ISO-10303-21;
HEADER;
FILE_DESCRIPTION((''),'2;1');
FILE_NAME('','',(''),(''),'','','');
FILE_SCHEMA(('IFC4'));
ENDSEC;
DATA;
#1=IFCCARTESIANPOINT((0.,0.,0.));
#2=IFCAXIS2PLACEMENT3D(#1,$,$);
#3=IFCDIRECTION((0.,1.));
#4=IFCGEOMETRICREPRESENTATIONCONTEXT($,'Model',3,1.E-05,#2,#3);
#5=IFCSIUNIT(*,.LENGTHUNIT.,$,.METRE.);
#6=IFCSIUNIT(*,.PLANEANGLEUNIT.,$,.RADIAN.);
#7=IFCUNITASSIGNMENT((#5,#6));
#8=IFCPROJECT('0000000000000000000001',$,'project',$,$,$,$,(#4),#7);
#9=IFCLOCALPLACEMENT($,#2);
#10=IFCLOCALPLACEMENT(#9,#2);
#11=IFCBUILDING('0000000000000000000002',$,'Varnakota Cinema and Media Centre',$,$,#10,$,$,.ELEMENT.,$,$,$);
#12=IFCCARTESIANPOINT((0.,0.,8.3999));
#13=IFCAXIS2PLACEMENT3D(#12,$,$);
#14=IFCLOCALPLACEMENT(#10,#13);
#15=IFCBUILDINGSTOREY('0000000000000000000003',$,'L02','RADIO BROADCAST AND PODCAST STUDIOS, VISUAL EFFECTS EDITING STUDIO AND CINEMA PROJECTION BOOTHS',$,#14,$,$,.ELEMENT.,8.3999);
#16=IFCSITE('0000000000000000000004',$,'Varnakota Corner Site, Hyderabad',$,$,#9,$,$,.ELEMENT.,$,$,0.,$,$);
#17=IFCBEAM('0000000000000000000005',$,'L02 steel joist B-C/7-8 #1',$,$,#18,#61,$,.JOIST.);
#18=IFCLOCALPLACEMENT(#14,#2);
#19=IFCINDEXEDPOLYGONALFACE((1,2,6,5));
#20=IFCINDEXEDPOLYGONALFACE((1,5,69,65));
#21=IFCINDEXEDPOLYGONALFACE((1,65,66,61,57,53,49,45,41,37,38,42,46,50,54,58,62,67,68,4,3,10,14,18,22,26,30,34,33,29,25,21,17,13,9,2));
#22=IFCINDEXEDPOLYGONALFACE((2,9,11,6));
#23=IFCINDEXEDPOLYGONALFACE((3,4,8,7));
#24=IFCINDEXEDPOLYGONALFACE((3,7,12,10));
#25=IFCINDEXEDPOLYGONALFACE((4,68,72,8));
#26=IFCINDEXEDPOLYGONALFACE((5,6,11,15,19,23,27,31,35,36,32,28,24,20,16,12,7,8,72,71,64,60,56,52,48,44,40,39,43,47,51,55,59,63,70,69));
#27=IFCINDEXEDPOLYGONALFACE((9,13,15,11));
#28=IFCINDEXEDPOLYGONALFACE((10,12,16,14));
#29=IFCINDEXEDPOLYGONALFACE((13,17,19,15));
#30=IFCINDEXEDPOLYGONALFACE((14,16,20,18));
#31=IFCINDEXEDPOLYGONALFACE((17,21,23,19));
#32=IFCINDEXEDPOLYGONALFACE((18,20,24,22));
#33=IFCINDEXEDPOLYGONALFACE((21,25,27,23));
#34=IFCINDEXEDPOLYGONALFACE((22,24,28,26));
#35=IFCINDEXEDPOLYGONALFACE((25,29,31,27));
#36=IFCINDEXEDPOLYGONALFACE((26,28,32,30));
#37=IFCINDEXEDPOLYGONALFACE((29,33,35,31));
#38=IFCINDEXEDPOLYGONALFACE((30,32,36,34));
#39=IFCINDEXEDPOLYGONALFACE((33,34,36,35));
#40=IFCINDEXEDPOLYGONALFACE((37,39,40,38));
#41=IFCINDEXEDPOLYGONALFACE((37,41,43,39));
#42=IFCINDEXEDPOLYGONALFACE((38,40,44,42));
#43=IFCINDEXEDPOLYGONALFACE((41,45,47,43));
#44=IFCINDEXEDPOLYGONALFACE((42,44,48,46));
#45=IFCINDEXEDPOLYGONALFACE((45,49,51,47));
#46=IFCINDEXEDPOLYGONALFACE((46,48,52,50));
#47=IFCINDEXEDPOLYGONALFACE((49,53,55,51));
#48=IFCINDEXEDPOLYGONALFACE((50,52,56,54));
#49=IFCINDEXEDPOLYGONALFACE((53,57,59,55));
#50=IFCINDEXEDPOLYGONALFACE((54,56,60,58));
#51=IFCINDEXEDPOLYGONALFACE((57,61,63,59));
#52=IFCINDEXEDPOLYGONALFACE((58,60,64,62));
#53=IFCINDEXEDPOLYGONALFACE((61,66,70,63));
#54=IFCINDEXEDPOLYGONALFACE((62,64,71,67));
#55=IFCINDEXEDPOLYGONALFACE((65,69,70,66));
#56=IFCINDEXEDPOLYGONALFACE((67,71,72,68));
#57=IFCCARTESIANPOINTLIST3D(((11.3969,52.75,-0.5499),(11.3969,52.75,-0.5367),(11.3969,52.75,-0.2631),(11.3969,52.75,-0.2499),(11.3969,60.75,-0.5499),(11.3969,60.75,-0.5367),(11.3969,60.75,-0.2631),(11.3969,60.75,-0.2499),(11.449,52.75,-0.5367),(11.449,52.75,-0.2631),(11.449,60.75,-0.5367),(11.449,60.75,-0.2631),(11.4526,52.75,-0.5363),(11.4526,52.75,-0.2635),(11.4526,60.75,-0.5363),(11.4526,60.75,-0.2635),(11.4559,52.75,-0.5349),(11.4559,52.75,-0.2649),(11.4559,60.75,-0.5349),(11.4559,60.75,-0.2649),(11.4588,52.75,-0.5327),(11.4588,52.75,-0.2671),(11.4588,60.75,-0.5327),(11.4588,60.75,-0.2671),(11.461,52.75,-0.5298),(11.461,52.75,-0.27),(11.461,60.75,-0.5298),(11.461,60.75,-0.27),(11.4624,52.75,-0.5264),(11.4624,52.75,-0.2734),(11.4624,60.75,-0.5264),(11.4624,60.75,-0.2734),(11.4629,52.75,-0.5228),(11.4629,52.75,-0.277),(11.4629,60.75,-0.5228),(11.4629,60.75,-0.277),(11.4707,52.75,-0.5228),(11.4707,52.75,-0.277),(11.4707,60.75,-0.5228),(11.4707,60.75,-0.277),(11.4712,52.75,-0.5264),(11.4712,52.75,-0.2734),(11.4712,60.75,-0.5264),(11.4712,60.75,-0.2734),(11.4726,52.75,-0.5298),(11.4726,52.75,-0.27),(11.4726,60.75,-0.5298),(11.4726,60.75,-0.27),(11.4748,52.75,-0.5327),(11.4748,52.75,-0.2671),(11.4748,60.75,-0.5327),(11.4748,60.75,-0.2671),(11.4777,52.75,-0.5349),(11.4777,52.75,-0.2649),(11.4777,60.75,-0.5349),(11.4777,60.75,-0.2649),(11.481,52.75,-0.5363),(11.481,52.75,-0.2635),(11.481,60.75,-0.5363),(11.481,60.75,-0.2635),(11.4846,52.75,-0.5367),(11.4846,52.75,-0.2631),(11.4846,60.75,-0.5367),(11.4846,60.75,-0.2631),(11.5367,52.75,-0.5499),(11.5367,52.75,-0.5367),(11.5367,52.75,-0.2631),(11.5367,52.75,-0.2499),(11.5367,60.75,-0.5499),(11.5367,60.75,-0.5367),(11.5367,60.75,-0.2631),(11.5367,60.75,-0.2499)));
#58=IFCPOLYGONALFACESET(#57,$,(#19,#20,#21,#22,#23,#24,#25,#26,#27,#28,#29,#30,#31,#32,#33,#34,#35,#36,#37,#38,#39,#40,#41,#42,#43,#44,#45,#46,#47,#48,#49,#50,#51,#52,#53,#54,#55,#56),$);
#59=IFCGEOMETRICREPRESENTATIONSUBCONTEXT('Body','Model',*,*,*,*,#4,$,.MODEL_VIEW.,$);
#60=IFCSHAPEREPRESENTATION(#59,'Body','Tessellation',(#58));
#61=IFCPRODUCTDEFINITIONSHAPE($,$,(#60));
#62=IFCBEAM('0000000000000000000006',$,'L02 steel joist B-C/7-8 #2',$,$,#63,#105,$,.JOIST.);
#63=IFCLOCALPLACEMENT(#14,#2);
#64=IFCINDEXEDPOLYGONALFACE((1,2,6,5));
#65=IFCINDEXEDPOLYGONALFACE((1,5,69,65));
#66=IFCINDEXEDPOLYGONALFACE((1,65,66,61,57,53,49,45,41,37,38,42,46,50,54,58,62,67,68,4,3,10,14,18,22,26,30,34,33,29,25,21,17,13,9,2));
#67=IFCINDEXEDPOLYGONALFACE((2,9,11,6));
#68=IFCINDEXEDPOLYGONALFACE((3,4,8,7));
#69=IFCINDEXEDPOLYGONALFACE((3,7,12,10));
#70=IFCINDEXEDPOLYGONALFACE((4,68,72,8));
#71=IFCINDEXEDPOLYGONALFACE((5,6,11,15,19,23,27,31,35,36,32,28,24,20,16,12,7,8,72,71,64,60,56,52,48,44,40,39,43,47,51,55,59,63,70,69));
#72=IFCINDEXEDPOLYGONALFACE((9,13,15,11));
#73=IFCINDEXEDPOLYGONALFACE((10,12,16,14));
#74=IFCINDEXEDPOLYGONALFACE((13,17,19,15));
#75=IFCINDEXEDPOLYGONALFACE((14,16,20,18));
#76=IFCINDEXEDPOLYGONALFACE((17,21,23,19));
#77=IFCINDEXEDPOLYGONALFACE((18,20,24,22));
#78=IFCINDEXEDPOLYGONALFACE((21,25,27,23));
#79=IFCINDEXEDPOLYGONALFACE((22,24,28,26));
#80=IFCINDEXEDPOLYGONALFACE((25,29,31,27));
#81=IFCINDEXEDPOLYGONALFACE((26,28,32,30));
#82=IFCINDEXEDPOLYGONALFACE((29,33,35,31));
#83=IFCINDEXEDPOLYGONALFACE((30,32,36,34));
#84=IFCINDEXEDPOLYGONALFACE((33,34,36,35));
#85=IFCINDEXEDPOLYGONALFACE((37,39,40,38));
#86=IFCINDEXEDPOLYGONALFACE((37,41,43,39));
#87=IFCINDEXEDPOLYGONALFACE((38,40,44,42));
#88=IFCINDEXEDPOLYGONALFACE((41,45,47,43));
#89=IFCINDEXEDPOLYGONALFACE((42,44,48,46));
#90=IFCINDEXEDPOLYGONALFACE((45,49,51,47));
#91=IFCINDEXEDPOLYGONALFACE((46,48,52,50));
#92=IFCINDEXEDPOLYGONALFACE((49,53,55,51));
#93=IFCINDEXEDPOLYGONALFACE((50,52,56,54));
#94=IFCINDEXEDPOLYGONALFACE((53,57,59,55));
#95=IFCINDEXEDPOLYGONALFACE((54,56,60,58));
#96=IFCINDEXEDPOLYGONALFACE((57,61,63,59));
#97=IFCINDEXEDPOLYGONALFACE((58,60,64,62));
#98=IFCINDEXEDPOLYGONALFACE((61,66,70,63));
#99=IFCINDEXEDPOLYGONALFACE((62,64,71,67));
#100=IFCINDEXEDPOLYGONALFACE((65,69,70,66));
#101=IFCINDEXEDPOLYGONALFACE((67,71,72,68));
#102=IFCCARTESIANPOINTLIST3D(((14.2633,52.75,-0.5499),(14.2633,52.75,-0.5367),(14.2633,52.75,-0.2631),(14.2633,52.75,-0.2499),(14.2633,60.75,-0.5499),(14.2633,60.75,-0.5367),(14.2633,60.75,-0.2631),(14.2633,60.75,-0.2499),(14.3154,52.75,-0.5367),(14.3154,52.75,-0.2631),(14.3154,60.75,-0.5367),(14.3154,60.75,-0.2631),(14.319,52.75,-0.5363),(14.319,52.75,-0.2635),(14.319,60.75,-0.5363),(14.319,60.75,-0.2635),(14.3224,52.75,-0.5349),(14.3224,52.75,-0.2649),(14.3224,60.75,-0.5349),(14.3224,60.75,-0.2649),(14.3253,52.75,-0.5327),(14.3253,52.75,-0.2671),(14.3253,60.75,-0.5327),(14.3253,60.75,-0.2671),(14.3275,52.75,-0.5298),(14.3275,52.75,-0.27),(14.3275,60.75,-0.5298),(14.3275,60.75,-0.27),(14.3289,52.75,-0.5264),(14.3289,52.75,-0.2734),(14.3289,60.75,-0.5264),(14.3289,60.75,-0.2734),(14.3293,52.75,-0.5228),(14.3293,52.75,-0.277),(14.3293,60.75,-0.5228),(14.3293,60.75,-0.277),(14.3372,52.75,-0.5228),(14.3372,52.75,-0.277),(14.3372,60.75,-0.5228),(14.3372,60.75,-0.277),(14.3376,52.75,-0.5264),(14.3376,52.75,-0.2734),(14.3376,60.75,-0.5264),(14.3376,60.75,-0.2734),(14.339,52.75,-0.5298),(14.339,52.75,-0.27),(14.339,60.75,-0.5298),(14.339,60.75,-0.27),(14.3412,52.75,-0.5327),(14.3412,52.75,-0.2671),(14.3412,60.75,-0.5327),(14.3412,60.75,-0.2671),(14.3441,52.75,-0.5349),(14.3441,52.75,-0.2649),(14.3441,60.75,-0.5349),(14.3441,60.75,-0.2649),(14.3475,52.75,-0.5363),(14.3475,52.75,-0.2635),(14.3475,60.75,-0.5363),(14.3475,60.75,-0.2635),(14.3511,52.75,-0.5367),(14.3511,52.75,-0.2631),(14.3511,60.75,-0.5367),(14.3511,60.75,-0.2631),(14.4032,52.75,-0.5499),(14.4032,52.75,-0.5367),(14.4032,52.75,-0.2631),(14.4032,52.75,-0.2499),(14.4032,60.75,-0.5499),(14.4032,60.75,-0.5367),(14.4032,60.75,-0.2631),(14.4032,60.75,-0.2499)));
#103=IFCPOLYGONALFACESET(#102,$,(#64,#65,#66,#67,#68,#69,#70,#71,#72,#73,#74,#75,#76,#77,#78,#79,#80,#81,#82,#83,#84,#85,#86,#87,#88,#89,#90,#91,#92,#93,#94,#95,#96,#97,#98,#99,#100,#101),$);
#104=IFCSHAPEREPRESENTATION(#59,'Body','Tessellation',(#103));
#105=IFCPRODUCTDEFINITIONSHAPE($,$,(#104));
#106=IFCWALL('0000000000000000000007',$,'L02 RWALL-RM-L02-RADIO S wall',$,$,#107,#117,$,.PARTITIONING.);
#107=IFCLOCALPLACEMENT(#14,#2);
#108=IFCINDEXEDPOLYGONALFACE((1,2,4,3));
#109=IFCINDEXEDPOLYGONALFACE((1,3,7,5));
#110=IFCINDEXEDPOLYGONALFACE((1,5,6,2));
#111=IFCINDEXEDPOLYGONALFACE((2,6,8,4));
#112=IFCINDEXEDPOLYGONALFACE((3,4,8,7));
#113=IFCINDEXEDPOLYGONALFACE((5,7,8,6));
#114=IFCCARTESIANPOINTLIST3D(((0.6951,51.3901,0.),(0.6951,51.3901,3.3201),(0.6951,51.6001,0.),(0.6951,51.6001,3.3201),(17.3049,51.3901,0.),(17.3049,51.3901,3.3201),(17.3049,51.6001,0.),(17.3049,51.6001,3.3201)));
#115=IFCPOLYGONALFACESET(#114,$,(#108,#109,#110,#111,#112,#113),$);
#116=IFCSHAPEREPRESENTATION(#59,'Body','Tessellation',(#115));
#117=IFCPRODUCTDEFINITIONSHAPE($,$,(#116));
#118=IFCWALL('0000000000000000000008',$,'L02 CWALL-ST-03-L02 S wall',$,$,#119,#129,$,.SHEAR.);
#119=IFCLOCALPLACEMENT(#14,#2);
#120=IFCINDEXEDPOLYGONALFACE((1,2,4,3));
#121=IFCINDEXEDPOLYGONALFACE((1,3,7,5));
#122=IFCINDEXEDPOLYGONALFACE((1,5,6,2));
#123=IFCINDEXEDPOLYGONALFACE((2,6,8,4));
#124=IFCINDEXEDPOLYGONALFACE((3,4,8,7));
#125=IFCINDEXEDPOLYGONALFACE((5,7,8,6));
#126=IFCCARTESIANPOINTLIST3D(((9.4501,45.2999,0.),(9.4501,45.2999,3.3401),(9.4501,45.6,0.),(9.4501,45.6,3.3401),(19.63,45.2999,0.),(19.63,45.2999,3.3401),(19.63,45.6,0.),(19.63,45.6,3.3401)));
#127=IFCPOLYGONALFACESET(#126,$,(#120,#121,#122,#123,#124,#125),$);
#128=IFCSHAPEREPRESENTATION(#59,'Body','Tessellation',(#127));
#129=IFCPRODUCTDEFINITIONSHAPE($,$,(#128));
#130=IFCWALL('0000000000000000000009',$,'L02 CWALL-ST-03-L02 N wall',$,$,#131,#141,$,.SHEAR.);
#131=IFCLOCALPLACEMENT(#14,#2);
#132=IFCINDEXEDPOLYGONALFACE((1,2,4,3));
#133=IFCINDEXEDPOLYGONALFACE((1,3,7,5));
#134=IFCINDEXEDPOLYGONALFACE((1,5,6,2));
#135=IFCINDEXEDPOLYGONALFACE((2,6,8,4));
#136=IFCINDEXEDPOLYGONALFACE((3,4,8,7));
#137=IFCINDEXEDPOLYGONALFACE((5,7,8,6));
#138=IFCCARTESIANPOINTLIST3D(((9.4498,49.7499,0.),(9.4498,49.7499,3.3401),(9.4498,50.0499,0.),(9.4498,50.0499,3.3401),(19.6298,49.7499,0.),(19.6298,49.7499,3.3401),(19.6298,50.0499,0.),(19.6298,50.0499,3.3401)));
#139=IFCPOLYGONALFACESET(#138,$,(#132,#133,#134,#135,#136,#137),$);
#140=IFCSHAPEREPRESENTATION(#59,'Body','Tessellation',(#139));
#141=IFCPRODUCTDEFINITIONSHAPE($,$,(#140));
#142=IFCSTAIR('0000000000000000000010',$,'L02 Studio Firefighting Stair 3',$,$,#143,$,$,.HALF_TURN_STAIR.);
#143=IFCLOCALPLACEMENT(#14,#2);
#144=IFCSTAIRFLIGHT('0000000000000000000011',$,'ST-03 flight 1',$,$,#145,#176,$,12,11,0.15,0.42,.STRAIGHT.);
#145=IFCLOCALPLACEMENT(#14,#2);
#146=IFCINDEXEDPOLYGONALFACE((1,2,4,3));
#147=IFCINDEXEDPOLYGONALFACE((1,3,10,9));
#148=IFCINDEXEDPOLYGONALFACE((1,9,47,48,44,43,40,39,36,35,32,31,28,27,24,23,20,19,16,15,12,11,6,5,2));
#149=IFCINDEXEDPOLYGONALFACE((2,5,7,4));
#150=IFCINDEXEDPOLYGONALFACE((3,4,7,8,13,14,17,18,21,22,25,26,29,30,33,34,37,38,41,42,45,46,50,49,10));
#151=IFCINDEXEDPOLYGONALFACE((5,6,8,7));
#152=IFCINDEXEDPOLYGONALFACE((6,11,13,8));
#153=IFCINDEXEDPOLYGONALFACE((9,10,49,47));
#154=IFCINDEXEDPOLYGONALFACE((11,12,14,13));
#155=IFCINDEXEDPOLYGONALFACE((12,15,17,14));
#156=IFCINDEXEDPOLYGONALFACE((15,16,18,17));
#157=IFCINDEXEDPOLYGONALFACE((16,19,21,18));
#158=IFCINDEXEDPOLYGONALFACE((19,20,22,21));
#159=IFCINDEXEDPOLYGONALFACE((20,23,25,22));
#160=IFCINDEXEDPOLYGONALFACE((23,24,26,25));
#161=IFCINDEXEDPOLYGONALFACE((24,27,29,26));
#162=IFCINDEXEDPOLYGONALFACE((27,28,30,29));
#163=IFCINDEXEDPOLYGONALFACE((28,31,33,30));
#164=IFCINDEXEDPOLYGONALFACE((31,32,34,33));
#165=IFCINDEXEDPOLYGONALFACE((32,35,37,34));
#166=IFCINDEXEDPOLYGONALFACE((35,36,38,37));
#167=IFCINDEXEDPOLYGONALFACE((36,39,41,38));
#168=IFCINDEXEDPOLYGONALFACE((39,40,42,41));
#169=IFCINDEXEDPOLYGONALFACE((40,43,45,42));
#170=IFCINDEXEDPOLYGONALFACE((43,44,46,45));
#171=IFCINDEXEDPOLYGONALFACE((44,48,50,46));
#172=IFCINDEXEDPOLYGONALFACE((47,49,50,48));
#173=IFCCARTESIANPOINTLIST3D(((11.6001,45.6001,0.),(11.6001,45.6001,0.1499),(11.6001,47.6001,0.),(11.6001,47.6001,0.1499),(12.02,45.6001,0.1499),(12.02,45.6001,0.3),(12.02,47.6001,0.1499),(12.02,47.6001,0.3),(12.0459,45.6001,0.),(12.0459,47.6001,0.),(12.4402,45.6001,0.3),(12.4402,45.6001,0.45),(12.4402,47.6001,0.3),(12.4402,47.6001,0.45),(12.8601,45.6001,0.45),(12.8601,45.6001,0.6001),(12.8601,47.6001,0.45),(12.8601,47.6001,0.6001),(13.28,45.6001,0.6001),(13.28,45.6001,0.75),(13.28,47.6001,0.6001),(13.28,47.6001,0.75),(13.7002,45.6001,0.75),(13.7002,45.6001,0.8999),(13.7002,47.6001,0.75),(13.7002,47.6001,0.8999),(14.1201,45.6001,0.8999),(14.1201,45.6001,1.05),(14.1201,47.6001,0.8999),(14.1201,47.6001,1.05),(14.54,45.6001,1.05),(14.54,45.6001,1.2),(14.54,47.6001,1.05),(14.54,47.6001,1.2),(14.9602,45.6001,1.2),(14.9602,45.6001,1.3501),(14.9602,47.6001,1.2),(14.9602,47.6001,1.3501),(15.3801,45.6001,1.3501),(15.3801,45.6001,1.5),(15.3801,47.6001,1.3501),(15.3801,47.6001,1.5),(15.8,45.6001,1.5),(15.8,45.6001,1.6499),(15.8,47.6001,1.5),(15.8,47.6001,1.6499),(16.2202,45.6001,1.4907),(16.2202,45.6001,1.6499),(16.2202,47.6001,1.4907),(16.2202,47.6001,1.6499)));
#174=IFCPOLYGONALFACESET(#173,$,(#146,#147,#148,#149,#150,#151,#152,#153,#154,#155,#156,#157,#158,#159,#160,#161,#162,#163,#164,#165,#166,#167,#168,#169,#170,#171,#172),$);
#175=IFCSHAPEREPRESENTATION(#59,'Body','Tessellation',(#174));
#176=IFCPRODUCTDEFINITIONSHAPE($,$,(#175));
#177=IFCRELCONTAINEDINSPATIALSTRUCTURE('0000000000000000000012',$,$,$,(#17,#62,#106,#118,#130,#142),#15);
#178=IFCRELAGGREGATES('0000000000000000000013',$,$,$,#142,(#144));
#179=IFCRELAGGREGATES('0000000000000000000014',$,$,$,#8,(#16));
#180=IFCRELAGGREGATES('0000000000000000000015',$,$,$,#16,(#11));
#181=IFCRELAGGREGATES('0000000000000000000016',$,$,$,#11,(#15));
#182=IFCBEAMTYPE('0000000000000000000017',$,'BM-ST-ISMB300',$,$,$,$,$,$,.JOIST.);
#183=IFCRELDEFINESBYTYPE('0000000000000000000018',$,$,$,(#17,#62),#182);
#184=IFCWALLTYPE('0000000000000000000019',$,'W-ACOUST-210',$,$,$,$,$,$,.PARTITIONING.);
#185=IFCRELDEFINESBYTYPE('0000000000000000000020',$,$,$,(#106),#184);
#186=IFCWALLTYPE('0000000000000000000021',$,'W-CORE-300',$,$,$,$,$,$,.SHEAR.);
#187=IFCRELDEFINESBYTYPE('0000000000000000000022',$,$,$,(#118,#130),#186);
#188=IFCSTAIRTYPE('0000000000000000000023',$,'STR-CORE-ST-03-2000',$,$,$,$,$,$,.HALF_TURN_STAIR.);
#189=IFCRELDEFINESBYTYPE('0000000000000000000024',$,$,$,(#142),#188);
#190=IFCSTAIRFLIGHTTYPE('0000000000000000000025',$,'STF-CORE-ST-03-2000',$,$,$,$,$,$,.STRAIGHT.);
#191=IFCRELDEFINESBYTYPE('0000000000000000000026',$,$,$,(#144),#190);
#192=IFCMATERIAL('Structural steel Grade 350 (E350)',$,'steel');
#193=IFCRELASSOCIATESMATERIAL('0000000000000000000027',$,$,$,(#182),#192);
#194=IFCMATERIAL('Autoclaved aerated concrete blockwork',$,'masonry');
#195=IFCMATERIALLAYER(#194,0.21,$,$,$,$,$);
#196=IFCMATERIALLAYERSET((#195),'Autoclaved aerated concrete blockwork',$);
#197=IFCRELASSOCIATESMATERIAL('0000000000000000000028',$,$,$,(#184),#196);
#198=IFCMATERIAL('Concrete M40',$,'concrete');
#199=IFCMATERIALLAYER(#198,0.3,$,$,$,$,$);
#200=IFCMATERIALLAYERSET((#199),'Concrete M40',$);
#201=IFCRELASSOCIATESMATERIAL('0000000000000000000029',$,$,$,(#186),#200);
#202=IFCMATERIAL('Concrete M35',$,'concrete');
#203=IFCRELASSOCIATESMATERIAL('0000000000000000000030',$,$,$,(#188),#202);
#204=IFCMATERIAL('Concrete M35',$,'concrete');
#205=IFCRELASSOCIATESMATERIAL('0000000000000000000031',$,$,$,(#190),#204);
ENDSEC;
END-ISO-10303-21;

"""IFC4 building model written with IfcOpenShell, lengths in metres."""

from ifc_helpers import new_model, si_unit, direction, frame, frame_2d, origin, origin_2d, place, context, subcontext, project, spatial, polyline, rectangle, i_section, outline, extrude, material, layer, layer_set, material_profile, profile_set, type_object, element, aggregate, save


model = new_model("IFC4")

# Units and contexts
model_context = context("Model", 3, precision=1e-05, world=origin(), true_north=direction((0.0, 1.0)))
body_context = subcontext(model_context, "Body", "Model", "MODEL_VIEW")
ifc_project = project(units=[si_unit("LENGTHUNIT", "METRE"), si_unit("PLANEANGLEUNIT", "RADIAN")], contexts=[model_context])

# Site, building, storey
site_placement = place(None, origin())
site = spatial("IfcSite", under=ifc_project, at=site_placement, Name="Varnakota Corner Site, Hyderabad", CompositionType="ELEMENT", RefElevation=0.0)
building_placement = place(site_placement, origin())
building = spatial("IfcBuilding", under=site, at=building_placement, Name="Varnakota Cinema and Media Centre", CompositionType="ELEMENT")
storey_placement = place(building_placement, frame((0.0, 0.0, 8.3999)))
storey = spatial("IfcBuildingStorey", under=building, at=storey_placement, Name="L02", Description="RADIO BROADCAST AND PODCAST STUDIOS, VISUAL EFFECTS EDITING STUDIO AND CINEMA PROJECTION BOOTHS", CompositionType="ELEMENT", Elevation=8.3999)

# Beams
ifc_material_1 = material(Name="Structural steel Grade 350 (E350)", Category="steel")
ifc_material_profile_1 = material_profile(ifc_material_1, i_section(OverallWidth=0.1399, OverallDepth=0.3, WebThickness=0.0078, FlangeThickness=0.0132, FilletRadius=0.0139, at=origin_2d()), Name="ISMB 300")
ifc_profile_set_1 = profile_set([ifc_material_profile_1], Name="Structural steel Grade 350 (E350)")
beam_type_1 = type_object("IfcBeamType", Name="BM-ST-ISMB300", PredefinedType="JOIST", material=ifc_profile_set_1)
for number, where, z_axis, x_axis, name in (
    (1, (11.4668, 52.75, -0.3999), (0.0, 1.0, 0.0), (-1.0, 0.0, 0.0), "L02 steel joist B-C/7-8 #1"),
    (2, (14.3333, 52.75, -0.3999), (0.0, 1.0, 0.0), (-1.0, 0.0, 0.0), "L02 steel joist B-C/7-8 #2"),
):
    element("IfcBeam", number, at=place(storey_placement, frame(where, z_axis=z_axis, x_axis=x_axis)), inside=storey, type_object=beam_type_1, Name=name, PredefinedType="JOIST", context=body_context, shape_type="SweptSolid", body=[
        extrude(i_section(OverallWidth=0.1399, OverallDepth=0.3, WebThickness=0.0078, FlangeThickness=0.0132, FilletRadius=0.0139, at=origin_2d()), origin(), (0.0, 0.0, 1.0), 8.0),
    ])

# Walls
ifc_material_2 = material(Name="Autoclaved aerated concrete blockwork", Category="masonry")
ifc_layer_1 = layer(ifc_material_2, 0.21)
ifc_layer_set_1 = layer_set([ifc_layer_1], Name="Autoclaved aerated concrete blockwork")
wall_type_1 = type_object("IfcWallType", Name="W-ACOUST-210", PredefinedType="PARTITIONING", material=ifc_layer_set_1)
wall_1_placement = place(storey_placement, frame((17.3049, 51.4951, 0.0), z_axis=(0.0, 0.0, 1.0), x_axis=(-1.0, 0.0, 0.0)))
element("IfcWall", 3, at=wall_1_placement, inside=storey, type_object=wall_type_1, Name="L02 RWALL-RM-L02-RADIO S wall", PredefinedType="PARTITIONING", context=body_context, shape_type="SweptSolid", body=[
    extrude(rectangle(XDim=16.6099, YDim=0.21, at=frame_2d((8.3049, 0.0))), origin(), (0.0, 0.0, 1.0), 3.3201),
])
ifc_material_3 = material(Name="Concrete M40", Category="concrete")
ifc_layer_2 = layer(ifc_material_3, 0.3)
ifc_layer_set_2 = layer_set([ifc_layer_2], Name="Concrete M40")
wall_type_2 = type_object("IfcWallType", Name="W-CORE-300", PredefinedType="SHEAR", material=ifc_layer_set_2)
wall_2_placement = place(storey_placement, frame((19.6299, 45.45, 0.0), z_axis=(0.0, 0.0, 1.0), x_axis=(-1.0, 0.0, 0.0)))
element("IfcWall", 4, at=wall_2_placement, inside=storey, type_object=wall_type_2, Name="L02 CWALL-ST-03-L02 S wall", PredefinedType="SHEAR", context=body_context, shape_type="SweptSolid", body=[
    extrude(rectangle(XDim=10.1799, YDim=0.3, at=frame_2d((5.0898, 0.0))), origin(), (0.0, 0.0, 1.0), 3.3401),
])

# Wall
wall_3_placement = place(storey_placement, frame((9.45, 49.8999, 0.0), z_axis=(0.0, 0.0, 1.0), x_axis=(1.0, 0.0, 0.0)))
element("IfcWall", 5, at=wall_3_placement, inside=storey, type_object=wall_type_2, Name="L02 CWALL-ST-03-L02 N wall", PredefinedType="SHEAR", context=body_context, shape_type="SweptSolid", body=[
    extrude(rectangle(XDim=10.1799, YDim=0.3, at=frame_2d((5.0898, 0.0))), origin(), (0.0, 0.0, 1.0), 3.3401),
])

# Stair, stair flight
ifc_material_4 = material(Name="Concrete M35", Category="concrete")
stair_type = type_object("IfcStairType", Name="STR-CORE-ST-03-2000", PredefinedType="HALF_TURN_STAIR", material=ifc_material_4)
stair_placement = place(storey_placement, origin())
stair = element("IfcStair", 6, at=stair_placement, inside=storey, type_object=stair_type, Name="L02 Studio Firefighting Stair 3", PredefinedType="HALF_TURN_STAIR")
ifc_material_5 = material(Name="Concrete M35", Category="concrete")
stair_flight_type = type_object("IfcStairFlightType", Name="STF-CORE-ST-03-2000", PredefinedType="STRAIGHT", material=ifc_material_5)
stair_flight_1_placement = place(storey_placement, frame((11.6001, 46.6001, 0.0), z_axis=(0.0, 0.0, 1.0), x_axis=(1.0, 0.0, 0.0)))
stair_flight_1 = element("IfcStairFlight", 7, at=stair_flight_1_placement, type_object=stair_flight_type, Name="ST-03 flight 1", NumberOfRisers=12, NumberOfTreads=11, PredefinedType="STRAIGHT", RiserHeight=0.15, TreadLength=0.42, context=body_context, shape_type="SweptSolid", body=[
    extrude(outline(polyline([(0.0, 0.0), (0.0, 0.1499), (0.4199, 0.1499), (0.4199, 0.3), (0.8401, 0.3), (0.8401, 0.45), (1.26, 0.45), (1.26, 0.6001), (1.6799, 0.6001), (1.6799, 0.75), (2.1001, 0.75), (2.1001, 0.8999), (2.52, 0.8999), (2.52, 1.05), (2.9399, 1.05), (2.9399, 1.2), (3.3601, 1.2), (3.3601, 1.3501), (3.78, 1.3501), (3.78, 1.5), (4.2, 1.5), (4.2, 1.6499), (4.6201, 1.6499), (4.6201, 1.8), (4.6201, 1.4907), (0.4458, 0.0), (0.0, 0.0)])), frame((0.0, 1.0, 0.0), z_axis=(0.0, -1.0, 0.0), x_axis=(1.0, 0.0, 0.0)), (0.0, 0.0, 1.0), 2.0),
])
aggregate(stair, [stair_flight_1])

save(model, "model.ifc")
